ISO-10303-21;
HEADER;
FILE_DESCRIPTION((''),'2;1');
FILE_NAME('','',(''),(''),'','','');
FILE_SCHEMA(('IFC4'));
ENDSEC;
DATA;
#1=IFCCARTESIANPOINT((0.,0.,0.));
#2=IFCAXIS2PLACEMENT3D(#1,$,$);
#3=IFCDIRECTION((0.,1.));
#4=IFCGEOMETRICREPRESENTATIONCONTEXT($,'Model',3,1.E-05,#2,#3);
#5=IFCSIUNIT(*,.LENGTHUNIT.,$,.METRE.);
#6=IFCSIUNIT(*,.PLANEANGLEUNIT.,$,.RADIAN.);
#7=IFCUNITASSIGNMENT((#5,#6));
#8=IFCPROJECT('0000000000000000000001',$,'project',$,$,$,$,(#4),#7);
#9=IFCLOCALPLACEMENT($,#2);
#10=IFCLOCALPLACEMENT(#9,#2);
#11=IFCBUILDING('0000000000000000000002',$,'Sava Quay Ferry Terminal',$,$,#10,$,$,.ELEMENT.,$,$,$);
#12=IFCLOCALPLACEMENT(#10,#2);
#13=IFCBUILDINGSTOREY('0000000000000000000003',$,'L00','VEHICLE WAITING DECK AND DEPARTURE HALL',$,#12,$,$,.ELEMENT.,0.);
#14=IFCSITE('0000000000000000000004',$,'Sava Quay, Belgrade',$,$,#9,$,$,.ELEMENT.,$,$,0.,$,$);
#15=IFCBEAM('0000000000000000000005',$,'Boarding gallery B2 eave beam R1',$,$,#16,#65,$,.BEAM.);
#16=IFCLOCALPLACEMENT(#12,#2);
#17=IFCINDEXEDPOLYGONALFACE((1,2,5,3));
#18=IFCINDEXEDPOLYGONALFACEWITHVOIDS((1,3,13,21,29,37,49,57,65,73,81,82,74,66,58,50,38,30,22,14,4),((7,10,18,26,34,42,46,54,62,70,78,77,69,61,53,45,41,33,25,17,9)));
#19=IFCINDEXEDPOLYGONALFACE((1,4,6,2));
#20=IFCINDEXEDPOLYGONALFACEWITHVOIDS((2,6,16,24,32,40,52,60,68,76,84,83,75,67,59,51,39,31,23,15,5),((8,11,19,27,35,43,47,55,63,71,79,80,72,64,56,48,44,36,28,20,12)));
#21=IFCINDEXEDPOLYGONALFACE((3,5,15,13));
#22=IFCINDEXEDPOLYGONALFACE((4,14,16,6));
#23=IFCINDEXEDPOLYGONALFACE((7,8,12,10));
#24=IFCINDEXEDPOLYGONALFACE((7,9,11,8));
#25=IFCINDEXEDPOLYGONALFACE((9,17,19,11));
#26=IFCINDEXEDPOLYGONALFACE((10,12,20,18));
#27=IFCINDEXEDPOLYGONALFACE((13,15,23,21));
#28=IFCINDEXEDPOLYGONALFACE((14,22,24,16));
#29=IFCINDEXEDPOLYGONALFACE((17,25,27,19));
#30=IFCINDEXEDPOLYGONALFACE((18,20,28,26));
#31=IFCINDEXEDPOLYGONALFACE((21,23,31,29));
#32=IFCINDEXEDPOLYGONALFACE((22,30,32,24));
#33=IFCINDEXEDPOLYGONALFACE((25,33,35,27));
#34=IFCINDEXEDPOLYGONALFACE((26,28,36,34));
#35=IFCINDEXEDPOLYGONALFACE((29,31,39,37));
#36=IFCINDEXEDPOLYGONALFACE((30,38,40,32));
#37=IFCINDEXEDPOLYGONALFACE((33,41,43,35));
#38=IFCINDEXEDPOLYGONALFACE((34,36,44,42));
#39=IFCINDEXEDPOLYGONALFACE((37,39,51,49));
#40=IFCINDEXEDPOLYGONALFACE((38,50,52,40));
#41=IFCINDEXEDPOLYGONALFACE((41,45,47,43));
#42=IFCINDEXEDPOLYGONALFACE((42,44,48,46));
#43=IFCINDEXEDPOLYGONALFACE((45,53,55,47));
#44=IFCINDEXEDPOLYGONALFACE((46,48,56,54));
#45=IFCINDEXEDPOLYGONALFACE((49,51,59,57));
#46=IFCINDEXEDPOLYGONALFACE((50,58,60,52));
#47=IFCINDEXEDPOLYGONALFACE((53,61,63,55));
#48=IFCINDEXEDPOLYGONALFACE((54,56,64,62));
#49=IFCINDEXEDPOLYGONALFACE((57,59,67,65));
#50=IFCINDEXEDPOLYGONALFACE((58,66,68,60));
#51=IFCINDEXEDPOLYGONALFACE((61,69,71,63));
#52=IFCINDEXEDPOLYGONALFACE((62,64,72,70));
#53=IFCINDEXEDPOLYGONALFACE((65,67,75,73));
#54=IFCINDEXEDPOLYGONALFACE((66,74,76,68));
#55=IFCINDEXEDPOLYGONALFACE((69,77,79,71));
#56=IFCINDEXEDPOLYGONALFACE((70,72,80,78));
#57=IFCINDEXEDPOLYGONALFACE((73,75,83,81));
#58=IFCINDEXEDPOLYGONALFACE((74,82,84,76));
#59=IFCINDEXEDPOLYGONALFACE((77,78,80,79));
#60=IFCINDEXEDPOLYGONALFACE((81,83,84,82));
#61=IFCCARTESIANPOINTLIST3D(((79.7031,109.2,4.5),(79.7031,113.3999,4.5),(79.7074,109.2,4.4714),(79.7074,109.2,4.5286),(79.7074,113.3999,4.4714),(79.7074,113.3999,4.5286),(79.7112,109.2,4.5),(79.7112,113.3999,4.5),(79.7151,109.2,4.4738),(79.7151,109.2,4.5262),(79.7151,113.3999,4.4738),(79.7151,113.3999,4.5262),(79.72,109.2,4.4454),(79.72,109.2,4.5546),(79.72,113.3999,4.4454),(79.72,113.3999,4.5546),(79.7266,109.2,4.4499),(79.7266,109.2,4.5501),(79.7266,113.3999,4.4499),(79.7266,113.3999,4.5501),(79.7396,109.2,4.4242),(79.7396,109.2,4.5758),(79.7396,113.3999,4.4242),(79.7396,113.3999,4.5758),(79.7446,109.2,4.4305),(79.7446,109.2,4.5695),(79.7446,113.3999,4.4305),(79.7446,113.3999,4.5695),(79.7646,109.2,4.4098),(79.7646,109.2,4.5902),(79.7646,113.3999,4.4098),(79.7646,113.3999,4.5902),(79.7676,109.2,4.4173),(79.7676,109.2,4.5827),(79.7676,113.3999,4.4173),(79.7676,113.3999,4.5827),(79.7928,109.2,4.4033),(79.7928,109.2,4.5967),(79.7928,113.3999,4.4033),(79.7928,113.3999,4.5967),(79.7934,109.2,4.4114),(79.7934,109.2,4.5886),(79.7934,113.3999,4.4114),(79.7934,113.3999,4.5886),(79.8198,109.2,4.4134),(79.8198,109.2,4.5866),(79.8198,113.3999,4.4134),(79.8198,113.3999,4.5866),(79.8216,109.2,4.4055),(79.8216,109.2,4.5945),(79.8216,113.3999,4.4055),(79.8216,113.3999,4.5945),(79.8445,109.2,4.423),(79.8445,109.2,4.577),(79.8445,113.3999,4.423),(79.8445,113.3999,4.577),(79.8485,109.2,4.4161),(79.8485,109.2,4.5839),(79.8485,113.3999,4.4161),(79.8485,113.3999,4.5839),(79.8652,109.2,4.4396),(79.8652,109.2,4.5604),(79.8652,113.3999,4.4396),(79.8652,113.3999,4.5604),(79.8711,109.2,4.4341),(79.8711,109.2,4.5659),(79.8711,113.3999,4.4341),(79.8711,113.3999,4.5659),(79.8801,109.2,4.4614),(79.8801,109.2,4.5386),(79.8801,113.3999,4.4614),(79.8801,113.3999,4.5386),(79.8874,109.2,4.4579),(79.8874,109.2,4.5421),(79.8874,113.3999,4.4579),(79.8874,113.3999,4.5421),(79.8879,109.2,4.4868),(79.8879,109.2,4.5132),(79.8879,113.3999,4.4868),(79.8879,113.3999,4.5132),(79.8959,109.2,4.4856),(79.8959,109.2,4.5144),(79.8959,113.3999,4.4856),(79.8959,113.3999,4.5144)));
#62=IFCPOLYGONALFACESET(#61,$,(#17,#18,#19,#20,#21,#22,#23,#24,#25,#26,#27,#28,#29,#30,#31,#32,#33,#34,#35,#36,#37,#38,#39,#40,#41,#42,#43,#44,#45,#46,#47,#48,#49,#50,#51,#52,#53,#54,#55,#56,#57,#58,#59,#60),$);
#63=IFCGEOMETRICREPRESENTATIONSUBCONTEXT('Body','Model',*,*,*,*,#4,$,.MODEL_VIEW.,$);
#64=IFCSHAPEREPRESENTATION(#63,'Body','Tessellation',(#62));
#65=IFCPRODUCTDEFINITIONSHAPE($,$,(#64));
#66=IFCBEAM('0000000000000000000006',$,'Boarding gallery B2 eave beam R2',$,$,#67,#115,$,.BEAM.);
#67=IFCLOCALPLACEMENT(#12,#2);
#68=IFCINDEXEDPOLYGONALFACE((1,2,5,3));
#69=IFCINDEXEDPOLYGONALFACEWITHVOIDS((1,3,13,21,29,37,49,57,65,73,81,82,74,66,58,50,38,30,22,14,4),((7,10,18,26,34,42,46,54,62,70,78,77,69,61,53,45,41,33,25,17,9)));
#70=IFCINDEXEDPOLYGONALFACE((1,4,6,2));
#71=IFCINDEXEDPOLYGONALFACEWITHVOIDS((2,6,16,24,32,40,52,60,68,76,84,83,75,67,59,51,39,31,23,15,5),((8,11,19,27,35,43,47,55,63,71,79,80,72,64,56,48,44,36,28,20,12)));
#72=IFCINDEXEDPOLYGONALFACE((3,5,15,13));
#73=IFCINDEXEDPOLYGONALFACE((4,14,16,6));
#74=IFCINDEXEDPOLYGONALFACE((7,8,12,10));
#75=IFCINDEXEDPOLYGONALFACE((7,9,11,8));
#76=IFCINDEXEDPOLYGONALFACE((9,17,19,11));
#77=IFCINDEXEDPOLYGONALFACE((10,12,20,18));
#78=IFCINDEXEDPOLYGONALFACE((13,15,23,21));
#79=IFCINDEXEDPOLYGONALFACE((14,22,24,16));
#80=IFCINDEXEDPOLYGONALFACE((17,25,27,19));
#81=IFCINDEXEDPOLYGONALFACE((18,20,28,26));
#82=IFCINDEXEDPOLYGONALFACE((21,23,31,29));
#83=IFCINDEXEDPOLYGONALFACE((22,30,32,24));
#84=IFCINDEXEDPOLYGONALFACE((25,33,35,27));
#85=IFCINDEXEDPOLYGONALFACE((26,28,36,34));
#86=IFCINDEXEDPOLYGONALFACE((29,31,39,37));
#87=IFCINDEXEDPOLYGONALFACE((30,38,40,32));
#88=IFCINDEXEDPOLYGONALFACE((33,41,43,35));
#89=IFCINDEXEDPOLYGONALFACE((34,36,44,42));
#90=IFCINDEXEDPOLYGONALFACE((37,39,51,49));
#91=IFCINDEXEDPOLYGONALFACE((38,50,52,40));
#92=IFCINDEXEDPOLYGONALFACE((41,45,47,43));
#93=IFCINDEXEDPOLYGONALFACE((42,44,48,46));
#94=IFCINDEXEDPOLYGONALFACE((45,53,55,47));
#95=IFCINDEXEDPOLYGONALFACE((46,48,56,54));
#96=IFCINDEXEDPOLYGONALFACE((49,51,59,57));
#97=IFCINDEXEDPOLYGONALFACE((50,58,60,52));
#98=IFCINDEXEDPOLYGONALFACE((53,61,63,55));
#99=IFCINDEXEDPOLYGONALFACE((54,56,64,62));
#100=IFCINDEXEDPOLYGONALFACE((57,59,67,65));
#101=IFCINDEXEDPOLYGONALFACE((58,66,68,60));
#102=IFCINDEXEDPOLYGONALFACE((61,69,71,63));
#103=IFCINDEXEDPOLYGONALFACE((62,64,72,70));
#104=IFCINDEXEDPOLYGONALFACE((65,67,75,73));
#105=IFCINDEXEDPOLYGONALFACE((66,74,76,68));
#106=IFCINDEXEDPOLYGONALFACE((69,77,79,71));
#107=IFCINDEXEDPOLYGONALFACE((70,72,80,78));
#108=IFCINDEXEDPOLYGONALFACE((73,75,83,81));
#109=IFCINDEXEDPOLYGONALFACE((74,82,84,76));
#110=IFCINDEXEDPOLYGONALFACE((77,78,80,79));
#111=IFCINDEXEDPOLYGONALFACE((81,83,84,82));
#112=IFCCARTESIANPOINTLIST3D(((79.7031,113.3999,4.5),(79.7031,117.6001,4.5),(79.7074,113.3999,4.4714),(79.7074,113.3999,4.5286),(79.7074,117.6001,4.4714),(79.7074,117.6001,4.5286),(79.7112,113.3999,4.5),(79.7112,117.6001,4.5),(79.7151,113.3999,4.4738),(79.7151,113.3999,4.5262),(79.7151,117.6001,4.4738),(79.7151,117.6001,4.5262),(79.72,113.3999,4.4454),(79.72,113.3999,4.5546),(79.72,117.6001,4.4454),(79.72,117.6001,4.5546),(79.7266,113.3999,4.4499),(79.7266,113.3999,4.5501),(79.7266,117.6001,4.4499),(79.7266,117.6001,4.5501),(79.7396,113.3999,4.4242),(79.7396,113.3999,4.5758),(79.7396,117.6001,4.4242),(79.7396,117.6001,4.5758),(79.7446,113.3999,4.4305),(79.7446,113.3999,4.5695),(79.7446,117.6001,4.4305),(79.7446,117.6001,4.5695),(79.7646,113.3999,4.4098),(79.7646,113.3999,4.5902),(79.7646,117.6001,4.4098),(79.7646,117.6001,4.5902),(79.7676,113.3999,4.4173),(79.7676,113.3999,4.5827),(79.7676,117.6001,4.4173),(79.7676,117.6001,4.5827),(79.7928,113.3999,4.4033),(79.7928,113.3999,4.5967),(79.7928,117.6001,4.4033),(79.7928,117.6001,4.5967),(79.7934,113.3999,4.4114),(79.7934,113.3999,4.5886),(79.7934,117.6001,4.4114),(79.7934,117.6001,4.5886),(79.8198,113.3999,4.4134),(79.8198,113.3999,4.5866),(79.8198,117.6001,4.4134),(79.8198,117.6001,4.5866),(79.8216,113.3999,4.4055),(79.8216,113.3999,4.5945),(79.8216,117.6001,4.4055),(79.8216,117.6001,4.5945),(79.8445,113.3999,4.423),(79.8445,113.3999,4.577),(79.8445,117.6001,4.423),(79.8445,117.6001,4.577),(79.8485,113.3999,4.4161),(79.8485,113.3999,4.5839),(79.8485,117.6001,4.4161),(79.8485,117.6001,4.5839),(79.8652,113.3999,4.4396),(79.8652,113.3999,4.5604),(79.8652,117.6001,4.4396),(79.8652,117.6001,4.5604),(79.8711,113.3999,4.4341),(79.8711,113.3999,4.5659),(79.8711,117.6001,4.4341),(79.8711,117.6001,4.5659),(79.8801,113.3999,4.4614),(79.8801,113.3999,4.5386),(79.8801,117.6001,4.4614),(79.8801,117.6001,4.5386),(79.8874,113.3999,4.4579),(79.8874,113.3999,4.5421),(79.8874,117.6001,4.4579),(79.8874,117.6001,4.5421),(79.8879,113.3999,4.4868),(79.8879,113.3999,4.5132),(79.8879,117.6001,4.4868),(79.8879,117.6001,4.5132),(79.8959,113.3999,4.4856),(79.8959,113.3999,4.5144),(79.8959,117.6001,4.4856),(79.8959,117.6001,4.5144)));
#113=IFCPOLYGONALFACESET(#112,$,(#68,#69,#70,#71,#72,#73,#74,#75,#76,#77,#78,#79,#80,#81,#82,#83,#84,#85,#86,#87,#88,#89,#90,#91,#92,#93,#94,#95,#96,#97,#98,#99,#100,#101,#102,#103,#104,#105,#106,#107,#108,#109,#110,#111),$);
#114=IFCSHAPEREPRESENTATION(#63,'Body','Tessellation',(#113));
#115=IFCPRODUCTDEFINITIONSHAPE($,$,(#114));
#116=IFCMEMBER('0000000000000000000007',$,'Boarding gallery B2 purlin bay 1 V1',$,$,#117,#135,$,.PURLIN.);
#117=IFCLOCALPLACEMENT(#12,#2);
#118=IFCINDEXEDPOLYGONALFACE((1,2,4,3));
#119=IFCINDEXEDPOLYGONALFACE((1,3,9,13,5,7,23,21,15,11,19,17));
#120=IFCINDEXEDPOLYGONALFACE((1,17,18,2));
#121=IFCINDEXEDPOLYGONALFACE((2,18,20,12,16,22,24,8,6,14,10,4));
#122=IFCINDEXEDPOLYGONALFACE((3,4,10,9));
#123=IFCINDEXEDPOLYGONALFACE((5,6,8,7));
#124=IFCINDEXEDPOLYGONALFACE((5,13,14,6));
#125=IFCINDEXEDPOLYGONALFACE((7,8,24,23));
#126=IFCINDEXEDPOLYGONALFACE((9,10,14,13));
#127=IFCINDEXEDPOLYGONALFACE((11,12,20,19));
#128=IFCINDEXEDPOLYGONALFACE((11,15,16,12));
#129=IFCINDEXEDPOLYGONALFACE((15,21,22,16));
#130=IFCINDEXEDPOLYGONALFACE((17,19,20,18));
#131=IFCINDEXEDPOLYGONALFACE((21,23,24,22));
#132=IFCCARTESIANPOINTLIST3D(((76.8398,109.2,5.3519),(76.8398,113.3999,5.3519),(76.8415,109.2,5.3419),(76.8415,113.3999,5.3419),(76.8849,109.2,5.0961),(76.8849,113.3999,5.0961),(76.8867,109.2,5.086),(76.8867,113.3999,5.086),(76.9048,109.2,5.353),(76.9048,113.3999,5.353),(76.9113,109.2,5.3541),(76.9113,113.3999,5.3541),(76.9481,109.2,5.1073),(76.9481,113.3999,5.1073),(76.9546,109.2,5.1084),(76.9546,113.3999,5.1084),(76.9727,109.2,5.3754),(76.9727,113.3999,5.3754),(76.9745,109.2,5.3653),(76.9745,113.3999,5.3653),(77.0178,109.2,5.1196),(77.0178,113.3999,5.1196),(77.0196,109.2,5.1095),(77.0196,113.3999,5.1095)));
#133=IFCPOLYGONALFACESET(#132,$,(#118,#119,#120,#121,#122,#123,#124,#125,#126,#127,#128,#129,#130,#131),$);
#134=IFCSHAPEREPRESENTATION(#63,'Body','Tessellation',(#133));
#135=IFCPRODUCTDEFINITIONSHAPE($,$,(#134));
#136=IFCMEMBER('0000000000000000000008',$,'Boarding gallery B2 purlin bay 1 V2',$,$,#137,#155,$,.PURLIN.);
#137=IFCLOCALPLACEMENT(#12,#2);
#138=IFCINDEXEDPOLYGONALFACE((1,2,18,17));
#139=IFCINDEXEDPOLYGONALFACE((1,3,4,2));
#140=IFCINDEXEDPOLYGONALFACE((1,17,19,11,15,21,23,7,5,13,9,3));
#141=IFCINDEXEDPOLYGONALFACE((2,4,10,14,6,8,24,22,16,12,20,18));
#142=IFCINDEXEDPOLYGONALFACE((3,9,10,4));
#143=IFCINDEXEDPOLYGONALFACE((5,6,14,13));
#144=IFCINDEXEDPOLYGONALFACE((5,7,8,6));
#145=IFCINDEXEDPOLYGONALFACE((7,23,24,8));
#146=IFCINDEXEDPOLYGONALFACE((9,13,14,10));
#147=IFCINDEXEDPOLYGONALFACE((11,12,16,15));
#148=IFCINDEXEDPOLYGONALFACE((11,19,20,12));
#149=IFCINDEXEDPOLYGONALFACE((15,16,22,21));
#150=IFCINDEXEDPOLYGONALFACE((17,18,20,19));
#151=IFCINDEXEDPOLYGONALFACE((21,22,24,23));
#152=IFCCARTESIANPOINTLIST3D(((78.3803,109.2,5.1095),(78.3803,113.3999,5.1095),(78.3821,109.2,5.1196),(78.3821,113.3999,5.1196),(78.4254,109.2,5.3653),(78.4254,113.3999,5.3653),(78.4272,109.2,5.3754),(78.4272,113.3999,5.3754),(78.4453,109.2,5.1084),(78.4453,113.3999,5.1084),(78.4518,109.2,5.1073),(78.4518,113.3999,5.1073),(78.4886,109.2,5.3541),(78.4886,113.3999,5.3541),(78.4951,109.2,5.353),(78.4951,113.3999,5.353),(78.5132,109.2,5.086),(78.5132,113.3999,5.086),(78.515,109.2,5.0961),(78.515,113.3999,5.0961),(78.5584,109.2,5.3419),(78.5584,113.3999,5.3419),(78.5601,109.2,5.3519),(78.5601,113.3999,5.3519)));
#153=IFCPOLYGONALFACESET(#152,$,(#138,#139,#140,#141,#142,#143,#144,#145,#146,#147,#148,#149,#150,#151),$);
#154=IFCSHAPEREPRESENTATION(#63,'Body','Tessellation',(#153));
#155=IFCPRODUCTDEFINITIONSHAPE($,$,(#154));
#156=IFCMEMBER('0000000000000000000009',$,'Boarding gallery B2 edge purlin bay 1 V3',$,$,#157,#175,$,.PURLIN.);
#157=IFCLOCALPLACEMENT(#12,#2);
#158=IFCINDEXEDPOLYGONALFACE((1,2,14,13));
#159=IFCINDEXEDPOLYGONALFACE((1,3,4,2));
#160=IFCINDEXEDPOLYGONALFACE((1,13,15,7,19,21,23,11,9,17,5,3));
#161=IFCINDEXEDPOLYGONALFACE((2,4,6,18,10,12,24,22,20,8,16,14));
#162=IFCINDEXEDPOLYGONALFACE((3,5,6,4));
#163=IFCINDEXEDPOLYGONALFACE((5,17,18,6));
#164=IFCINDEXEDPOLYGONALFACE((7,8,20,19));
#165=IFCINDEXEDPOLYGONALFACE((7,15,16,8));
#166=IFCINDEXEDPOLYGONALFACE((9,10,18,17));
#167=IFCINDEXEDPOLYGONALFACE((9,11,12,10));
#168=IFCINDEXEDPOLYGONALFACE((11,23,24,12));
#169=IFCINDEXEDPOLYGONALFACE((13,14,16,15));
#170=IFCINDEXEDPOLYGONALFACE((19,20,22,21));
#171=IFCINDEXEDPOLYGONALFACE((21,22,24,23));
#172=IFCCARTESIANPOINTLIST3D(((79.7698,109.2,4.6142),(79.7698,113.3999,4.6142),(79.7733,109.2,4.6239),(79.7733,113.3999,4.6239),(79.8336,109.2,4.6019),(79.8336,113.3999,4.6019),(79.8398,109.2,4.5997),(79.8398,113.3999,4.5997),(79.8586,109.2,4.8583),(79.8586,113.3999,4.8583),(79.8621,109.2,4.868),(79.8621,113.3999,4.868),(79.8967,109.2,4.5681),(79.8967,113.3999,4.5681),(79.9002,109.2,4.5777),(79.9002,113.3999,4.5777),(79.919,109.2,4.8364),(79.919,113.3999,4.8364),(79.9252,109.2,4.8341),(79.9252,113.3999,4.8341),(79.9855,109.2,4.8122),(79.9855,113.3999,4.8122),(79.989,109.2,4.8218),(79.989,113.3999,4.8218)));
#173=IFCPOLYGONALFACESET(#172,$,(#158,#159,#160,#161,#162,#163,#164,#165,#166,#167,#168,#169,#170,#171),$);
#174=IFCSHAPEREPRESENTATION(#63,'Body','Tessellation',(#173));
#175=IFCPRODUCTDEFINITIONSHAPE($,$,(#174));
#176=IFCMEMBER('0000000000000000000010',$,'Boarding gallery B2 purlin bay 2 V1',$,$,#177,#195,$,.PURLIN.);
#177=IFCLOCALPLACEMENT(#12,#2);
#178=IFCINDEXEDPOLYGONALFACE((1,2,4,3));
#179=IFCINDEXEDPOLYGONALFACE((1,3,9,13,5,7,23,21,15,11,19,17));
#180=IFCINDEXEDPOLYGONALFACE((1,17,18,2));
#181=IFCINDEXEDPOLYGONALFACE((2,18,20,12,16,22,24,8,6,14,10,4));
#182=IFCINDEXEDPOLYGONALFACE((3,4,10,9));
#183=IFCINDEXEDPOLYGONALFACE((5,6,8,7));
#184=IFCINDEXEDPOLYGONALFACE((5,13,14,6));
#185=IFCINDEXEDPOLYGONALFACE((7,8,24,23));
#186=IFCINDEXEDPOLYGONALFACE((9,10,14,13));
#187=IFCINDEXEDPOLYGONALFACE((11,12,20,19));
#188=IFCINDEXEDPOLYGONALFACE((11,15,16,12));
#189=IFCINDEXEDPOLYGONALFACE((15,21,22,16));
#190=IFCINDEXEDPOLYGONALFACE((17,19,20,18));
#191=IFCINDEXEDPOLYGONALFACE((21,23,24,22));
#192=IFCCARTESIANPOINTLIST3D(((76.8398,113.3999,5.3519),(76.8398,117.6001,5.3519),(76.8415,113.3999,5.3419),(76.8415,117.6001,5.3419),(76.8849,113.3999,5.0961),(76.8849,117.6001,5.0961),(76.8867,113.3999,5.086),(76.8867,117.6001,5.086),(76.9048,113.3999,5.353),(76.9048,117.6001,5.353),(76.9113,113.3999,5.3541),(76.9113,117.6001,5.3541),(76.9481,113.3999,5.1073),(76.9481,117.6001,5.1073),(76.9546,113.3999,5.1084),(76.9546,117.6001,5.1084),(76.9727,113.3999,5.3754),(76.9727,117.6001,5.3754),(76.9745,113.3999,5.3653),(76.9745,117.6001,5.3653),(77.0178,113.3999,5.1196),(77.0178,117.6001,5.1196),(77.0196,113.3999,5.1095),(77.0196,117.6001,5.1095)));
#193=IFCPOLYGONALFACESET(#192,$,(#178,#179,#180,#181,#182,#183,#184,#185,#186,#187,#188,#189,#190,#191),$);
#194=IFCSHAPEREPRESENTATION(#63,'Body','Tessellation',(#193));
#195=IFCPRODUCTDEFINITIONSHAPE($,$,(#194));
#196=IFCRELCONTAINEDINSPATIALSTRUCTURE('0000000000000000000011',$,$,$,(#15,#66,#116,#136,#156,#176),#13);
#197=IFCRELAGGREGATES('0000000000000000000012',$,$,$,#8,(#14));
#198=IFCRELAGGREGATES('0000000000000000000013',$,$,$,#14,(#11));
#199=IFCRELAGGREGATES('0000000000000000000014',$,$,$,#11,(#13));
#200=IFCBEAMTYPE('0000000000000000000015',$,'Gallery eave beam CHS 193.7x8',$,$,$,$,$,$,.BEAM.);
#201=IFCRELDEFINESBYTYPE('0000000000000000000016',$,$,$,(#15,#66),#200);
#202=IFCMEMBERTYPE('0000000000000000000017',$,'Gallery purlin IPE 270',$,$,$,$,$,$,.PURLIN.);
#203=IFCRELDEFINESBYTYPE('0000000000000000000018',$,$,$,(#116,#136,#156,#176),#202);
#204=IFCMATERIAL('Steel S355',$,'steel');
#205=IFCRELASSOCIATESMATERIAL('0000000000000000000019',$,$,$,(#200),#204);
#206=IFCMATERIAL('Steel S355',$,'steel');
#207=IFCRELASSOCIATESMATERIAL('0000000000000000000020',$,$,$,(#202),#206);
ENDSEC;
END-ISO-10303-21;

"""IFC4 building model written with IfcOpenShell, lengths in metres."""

from ifc_helpers import new_model, si_unit, direction, frame, origin, origin_2d, place, context, subcontext, project, spatial, hollow_circle, i_section, extrude, material, material_profile, profile_set, type_object, element, save


model = new_model("IFC4")

# Units and contexts
model_context = context("Model", 3, precision=1e-05, world=origin(), true_north=direction((0.0, 1.0)))
body_context = subcontext(model_context, "Body", "Model", "MODEL_VIEW")
ifc_project = project(units=[si_unit("LENGTHUNIT", "METRE"), si_unit("PLANEANGLEUNIT", "RADIAN")], contexts=[model_context])

# Site, building, storey
site_placement = place(None, origin())
site = spatial("IfcSite", under=ifc_project, at=site_placement, Name="Sava Quay, Belgrade", CompositionType="ELEMENT", RefElevation=0.0)
building_placement = place(site_placement, origin())
building = spatial("IfcBuilding", under=site, at=building_placement, Name="Sava Quay Ferry Terminal", CompositionType="ELEMENT")
storey_placement = place(building_placement, origin())
storey = spatial("IfcBuildingStorey", under=building, at=storey_placement, Name="L00", Description="VEHICLE WAITING DECK AND DEPARTURE HALL", CompositionType="ELEMENT", Elevation=0.0)

# Beams
ifc_material_1 = material(Name="Steel S355", Category="steel")
ifc_material_profile_1 = material_profile(ifc_material_1, hollow_circle(Radius=0.0969, WallThickness=0.0081, at=origin_2d()), Name="CHS 193.7 x 8.0")
ifc_profile_set_1 = profile_set([ifc_material_profile_1], Name="Steel S355")
beam_type_1 = type_object("IfcBeamType", Name="Gallery eave beam CHS 193.7x8", PredefinedType="BEAM", material=ifc_profile_set_1)
beam_1_placement = place(storey_placement, frame((79.8, 109.2, 4.5), z_axis=(0.0, 1.0, 0.0), x_axis=(-1.0, 0.0, 0.0)))
element("IfcBeam", 1, at=beam_1_placement, inside=storey, type_object=beam_type_1, Name="Boarding gallery B2 eave beam R1", PredefinedType="BEAM", context=body_context, shape_type="SweptSolid", body=[
    extrude(hollow_circle(Radius=0.0969, WallThickness=0.0081, at=origin_2d()), origin(), (0.0, 0.0, 1.0), 4.2),
])
beam_2_placement = place(storey_placement, frame((79.8, 113.3999, 4.5), z_axis=(0.0, 1.0, 0.0), x_axis=(-1.0, 0.0, 0.0)))
element("IfcBeam", 2, at=beam_2_placement, inside=storey, type_object=beam_type_1, Name="Boarding gallery B2 eave beam R2", PredefinedType="BEAM", context=body_context, shape_type="SweptSolid", body=[
    extrude(hollow_circle(Radius=0.0969, WallThickness=0.0081, at=origin_2d()), origin(), (0.0, 0.0, 1.0), 4.2002),
])

# Members
ifc_material_2 = material(Name="Steel S355", Category="steel")
ifc_material_profile_2 = material_profile(ifc_material_2, i_section(OverallWidth=0.135, OverallDepth=0.27, WebThickness=0.0066, FlangeThickness=0.0103, at=origin_2d()), Name="IPE 270")
ifc_profile_set_2 = profile_set([ifc_material_profile_2], Name="Steel S355")
member_type_1 = type_object("IfcMemberType", Name="Gallery purlin IPE 270", PredefinedType="PURLIN", material=ifc_profile_set_2)
for number, where, z_axis, x_axis, name in (
    (3, (76.9297, 109.2, 5.2307), (0.0, 1.0, 0.0), (-0.984808, 0.0, -0.173648), "Boarding gallery B2 purlin bay 1 V1"),
    (4, (78.4702, 109.2, 5.2307), (0.0, 1.0, 0.0), (-0.984808, 0.0, 0.173648), "Boarding gallery B2 purlin bay 1 V2"),
    (5, (79.8794, 109.2, 4.718), (0.0, 1.0, 0.0), (-0.939693, 0.0, 0.34202), "Boarding gallery B2 edge purlin bay 1 V3"),
):
    element("IfcMember", number, at=place(storey_placement, frame(where, z_axis=z_axis, x_axis=x_axis)), inside=storey, type_object=member_type_1, Name=name, PredefinedType="PURLIN", context=body_context, shape_type="SweptSolid", body=[
        extrude(i_section(OverallWidth=0.135, OverallDepth=0.27, WebThickness=0.0066, FlangeThickness=0.0103, at=origin_2d()), origin(), (0.0, 0.0, 1.0), 4.2),
    ])
for number, where, z_axis, x_axis, name in (
    (6, (76.9297, 113.3999, 5.2307), (0.0, 1.0, 0.0), (-0.984808, 0.0, -0.173648), "Boarding gallery B2 purlin bay 2 V1"),
):
    element("IfcMember", number, at=place(storey_placement, frame(where, z_axis=z_axis, x_axis=x_axis)), inside=storey, type_object=member_type_1, Name=name, PredefinedType="PURLIN", context=body_context, shape_type="SweptSolid", body=[
        extrude(i_section(OverallWidth=0.135, OverallDepth=0.27, WebThickness=0.0066, FlangeThickness=0.0103, at=origin_2d()), origin(), (0.0, 0.0, 1.0), 4.2002),
    ])

save(model, "model.ifc")
